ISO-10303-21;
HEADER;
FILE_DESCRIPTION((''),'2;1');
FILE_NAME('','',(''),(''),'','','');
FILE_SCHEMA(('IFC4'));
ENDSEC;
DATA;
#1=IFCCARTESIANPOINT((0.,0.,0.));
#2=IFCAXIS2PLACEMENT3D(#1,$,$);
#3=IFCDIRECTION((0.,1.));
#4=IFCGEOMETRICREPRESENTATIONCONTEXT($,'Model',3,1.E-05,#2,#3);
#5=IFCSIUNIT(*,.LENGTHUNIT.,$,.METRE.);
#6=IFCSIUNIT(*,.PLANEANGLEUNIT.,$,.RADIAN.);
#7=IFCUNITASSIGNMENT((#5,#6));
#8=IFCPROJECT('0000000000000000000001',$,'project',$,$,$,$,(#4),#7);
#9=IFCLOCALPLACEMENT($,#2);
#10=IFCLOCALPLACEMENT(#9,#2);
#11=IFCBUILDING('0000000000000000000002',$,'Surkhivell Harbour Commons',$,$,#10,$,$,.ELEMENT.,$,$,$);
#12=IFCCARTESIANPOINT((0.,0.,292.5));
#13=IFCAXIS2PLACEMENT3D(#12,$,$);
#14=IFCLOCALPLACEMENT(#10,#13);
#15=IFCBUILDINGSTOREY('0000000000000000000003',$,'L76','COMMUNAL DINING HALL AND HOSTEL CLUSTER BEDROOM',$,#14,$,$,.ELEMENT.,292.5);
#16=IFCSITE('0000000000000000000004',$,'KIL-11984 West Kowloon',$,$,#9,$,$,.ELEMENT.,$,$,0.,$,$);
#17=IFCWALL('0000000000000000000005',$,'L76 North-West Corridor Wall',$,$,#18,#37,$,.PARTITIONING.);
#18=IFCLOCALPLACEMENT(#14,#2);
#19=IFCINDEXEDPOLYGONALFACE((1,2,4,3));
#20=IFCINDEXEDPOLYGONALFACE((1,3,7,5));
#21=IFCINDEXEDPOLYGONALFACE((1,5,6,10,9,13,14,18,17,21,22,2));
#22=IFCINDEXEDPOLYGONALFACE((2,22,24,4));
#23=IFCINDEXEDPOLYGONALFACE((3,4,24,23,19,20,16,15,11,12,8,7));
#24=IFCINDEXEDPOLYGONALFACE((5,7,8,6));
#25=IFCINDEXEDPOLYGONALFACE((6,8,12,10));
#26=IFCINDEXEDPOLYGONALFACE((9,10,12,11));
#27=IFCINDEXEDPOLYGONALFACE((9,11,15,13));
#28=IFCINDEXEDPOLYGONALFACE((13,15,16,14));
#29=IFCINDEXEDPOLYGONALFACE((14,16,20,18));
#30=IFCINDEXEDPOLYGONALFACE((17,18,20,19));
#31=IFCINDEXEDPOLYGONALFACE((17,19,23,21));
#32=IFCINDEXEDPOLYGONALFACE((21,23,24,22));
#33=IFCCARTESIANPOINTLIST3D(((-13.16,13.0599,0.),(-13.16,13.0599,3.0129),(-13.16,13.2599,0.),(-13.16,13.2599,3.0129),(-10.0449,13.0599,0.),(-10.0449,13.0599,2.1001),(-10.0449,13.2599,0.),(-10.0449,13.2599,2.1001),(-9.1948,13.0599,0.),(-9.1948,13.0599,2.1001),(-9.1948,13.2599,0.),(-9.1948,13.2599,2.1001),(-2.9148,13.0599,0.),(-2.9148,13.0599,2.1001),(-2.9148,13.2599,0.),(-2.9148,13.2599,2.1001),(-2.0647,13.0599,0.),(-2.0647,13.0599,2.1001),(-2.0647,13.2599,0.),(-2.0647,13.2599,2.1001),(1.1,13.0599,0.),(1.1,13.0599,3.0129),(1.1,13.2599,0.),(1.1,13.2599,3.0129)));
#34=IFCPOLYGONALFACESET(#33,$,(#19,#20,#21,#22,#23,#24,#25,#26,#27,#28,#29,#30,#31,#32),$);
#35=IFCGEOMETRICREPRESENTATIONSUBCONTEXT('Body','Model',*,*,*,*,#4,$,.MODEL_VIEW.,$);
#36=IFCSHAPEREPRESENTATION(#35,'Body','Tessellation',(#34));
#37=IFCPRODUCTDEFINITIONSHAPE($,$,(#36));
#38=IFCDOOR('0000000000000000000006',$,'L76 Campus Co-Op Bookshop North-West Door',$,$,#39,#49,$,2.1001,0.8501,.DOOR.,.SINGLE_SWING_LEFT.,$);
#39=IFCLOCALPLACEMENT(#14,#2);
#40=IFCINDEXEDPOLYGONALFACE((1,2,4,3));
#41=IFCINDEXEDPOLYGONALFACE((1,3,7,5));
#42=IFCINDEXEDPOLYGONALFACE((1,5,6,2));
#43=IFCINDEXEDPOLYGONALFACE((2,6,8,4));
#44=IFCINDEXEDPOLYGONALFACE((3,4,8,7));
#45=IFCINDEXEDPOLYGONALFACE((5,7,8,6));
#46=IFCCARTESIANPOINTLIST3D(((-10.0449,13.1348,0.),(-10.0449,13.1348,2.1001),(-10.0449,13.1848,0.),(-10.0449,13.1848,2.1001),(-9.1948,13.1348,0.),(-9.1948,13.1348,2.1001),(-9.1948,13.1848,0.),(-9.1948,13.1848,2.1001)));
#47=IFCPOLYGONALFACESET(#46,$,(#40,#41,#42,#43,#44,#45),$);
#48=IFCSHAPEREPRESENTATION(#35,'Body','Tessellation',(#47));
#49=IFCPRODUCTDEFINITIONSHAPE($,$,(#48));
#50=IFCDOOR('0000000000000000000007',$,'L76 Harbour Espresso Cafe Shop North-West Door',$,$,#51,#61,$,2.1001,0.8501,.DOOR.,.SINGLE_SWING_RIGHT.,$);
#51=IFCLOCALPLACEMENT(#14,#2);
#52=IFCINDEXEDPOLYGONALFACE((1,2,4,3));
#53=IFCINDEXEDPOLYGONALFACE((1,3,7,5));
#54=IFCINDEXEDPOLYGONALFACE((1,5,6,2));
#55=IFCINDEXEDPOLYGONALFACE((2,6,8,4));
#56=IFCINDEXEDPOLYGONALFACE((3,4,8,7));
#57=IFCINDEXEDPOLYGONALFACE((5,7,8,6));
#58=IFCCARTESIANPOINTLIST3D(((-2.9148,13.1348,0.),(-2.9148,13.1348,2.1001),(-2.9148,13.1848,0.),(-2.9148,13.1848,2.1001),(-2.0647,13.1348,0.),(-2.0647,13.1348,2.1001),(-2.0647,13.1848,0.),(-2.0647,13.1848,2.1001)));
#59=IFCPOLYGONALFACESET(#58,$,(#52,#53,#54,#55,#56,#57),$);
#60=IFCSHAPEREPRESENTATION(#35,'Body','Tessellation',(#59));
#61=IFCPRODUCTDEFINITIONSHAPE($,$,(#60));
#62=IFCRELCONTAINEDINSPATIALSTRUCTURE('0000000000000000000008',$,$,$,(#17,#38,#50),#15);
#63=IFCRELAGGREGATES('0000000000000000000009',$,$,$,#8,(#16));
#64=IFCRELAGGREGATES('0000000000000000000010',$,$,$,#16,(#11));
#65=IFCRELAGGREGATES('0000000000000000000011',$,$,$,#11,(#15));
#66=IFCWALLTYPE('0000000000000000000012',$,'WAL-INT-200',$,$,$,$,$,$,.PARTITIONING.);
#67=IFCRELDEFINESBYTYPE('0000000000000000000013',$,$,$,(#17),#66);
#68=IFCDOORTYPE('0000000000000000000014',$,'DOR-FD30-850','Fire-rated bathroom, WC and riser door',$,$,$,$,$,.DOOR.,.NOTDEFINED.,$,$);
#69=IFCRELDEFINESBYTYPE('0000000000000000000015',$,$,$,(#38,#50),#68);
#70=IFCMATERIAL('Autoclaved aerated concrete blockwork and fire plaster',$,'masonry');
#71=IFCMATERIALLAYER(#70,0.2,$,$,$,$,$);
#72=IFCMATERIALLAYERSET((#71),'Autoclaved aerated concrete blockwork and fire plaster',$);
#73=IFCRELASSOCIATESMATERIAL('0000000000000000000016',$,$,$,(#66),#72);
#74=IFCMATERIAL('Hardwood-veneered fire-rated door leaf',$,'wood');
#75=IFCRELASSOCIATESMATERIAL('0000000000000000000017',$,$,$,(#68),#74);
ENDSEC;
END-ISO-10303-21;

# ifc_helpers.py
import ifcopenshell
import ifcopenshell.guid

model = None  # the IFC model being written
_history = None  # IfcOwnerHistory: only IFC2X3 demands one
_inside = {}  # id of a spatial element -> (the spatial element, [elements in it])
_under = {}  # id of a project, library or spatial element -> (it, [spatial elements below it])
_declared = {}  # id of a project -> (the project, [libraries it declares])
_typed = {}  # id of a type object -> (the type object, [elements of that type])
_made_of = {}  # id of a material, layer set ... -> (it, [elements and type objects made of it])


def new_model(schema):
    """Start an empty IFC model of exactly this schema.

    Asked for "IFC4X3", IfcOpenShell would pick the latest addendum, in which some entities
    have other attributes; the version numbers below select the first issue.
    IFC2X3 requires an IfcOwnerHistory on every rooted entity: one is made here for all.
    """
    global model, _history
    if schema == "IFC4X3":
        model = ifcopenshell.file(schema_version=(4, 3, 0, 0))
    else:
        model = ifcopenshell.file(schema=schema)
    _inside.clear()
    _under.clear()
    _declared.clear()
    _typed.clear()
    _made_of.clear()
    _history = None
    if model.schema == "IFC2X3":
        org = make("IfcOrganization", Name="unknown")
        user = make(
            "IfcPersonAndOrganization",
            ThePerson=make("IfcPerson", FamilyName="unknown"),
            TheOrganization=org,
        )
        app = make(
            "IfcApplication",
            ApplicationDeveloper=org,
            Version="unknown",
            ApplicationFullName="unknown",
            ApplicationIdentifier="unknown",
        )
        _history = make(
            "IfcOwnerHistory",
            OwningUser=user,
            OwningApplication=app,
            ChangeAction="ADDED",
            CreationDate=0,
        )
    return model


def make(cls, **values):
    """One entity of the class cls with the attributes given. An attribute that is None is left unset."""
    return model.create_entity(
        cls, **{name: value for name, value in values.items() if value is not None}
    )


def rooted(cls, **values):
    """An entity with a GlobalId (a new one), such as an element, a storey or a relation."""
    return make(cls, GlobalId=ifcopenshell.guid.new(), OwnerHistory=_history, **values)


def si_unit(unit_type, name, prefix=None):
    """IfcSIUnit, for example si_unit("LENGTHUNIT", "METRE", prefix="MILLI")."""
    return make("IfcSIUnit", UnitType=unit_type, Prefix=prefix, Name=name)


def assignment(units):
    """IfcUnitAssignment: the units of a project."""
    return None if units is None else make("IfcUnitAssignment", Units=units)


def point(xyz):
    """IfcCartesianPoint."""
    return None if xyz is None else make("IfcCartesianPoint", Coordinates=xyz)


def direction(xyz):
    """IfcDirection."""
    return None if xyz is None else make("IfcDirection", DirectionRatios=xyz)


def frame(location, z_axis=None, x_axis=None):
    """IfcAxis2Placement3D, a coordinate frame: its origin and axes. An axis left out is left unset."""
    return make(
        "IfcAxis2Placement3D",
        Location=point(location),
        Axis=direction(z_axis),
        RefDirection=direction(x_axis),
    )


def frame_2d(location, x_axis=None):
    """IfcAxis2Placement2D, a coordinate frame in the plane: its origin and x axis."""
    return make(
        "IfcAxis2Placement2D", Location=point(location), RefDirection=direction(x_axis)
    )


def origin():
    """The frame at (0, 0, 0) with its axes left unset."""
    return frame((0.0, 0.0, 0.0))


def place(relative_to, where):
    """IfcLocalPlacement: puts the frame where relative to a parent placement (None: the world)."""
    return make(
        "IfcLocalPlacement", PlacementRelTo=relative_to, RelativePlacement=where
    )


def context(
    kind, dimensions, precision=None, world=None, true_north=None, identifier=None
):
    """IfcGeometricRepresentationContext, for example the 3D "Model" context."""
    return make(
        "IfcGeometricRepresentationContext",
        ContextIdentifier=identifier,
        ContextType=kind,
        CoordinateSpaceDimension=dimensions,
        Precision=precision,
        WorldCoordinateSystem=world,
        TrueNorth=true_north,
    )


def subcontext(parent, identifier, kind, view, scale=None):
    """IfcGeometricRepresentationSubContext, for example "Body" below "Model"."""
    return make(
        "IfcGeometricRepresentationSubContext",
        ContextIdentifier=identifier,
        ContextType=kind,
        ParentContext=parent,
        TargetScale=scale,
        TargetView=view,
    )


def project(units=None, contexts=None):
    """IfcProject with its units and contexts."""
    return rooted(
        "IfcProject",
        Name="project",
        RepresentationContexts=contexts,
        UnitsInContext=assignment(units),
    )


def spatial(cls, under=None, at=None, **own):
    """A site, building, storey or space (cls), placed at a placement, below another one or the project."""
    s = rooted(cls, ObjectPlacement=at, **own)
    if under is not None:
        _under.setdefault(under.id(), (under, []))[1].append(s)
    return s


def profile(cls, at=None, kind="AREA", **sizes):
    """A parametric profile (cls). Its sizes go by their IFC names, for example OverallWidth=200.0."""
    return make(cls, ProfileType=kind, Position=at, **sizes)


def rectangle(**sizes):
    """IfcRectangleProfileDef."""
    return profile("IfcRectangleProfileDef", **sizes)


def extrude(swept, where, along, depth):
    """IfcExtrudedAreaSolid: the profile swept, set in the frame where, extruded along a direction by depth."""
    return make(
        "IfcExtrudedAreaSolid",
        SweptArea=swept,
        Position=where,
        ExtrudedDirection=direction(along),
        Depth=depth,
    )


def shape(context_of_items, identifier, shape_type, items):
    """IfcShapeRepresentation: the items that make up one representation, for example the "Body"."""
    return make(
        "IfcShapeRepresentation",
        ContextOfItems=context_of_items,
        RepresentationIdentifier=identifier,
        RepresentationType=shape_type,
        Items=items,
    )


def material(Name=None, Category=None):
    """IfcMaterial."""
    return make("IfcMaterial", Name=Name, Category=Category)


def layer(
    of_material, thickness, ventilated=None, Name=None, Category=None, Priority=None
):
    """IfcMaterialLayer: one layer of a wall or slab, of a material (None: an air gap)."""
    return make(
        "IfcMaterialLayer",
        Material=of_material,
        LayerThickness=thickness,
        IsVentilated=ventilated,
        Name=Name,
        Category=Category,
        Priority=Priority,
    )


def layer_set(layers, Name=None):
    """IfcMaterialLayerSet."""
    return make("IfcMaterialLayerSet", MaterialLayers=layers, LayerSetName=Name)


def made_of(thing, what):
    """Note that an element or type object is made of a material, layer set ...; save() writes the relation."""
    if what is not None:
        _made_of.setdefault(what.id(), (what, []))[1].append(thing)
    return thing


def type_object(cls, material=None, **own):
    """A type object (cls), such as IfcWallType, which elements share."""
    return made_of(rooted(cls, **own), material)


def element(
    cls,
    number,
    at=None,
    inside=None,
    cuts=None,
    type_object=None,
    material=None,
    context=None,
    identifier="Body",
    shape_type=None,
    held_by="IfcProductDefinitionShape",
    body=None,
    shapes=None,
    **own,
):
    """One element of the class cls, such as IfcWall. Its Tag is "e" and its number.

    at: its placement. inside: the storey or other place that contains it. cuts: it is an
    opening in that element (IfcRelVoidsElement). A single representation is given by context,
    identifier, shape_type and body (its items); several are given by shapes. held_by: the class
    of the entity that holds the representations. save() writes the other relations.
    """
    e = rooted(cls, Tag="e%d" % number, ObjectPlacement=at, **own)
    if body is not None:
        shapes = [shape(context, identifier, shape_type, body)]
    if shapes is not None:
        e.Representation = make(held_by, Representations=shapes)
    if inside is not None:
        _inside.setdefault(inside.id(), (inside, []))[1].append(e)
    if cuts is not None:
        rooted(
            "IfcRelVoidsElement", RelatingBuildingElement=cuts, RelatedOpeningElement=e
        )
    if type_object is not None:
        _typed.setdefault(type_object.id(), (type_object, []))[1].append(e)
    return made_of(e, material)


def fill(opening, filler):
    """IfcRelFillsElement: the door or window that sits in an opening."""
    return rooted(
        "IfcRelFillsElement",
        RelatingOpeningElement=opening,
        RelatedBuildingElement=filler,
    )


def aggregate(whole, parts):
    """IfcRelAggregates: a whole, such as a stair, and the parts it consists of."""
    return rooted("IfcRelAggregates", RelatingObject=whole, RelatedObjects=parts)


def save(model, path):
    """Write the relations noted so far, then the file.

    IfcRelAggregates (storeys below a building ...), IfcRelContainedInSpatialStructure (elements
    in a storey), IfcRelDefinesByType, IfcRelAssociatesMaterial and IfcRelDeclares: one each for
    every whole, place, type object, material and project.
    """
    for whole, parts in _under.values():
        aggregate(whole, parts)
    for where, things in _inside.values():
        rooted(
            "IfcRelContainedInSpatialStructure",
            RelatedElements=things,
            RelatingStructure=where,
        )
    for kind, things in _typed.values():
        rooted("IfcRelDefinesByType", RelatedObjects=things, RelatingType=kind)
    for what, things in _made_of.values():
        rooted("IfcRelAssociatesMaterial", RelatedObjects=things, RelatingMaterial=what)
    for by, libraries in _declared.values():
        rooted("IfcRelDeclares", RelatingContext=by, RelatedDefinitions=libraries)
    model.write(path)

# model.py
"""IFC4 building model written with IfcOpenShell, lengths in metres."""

from ifc_helpers import new_model, si_unit, direction, frame, frame_2d, origin, place, context, subcontext, project, spatial, rectangle, extrude, material, layer, layer_set, type_object, element, fill, save


model = new_model("IFC4")

# Units and contexts
model_context = context("Model", 3, precision=1e-05, world=origin(), true_north=direction((0.0, 1.0)))
body_context = subcontext(model_context, "Body", "Model", "MODEL_VIEW")
ifc_project = project(units=[si_unit("LENGTHUNIT", "METRE"), si_unit("PLANEANGLEUNIT", "RADIAN")], contexts=[model_context])

# Site, building, storey
site_placement = place(None, origin())
site = spatial("IfcSite", under=ifc_project, at=site_placement, Name="KIL-11984 West Kowloon", CompositionType="ELEMENT", RefElevation=0.0)
building_placement = place(site_placement, origin())
building = spatial("IfcBuilding", under=site, at=building_placement, Name="Surkhivell Harbour Commons", CompositionType="ELEMENT")
storey_placement = place(building_placement, frame((0.0, 0.0, 292.5)))
storey = spatial("IfcBuildingStorey", under=building, at=storey_placement, Name="L76", Description="COMMUNAL DINING HALL AND HOSTEL CLUSTER BEDROOM", CompositionType="ELEMENT", Elevation=292.5)

# Wall, openings, doors
ifc_material_1 = material(Name="Autoclaved aerated concrete blockwork and fire plaster", Category="masonry")
ifc_layer_1 = layer(ifc_material_1, 0.2)
ifc_layer_set_1 = layer_set([ifc_layer_1], Name="Autoclaved aerated concrete blockwork and fire plaster")
wall_type_1 = type_object("IfcWallType", Name="WAL-INT-200", PredefinedType="PARTITIONING", material=ifc_layer_set_1)
wall_1_placement = place(storey_placement, frame((-13.1599, 13.1599, 0.0), z_axis=(0.0, 0.0, 1.0), x_axis=(1.0, 0.0, 0.0)))
wall_1 = element("IfcWall", 1, at=wall_1_placement, inside=storey, type_object=wall_type_1, Name="L76 North-West Corridor Wall", PredefinedType="PARTITIONING", context=body_context, shape_type="SweptSolid", body=[
    extrude(rectangle(XDim=14.26, YDim=0.2, at=frame_2d((7.1299, 0.0))), origin(), (0.0, 0.0, 1.0), 3.0129),
])
opening_1_placement = place(wall_1_placement, frame((3.115, 0.0, 0.0)))
opening_1 = element("IfcOpeningElement", 2, at=opening_1_placement, cuts=wall_1, PredefinedType="OPENING", context=body_context, shape_type="SweptSolid", body=[
    extrude(rectangle(XDim=0.8501, YDim=2.1001, at=frame_2d((0.425, 1.05))), frame((0.0, 0.1099, 0.0), z_axis=(0.0, -1.0, 0.0), x_axis=(1.0, 0.0, 0.0)), (0.0, 0.0, 1.0), 0.22),
])
opening_2_placement = place(wall_1_placement, frame((10.2451, 0.0, 0.0)))
opening_2 = element("IfcOpeningElement", 3, at=opening_2_placement, cuts=wall_1, PredefinedType="OPENING", context=body_context, shape_type="SweptSolid", body=[
    extrude(rectangle(XDim=0.8501, YDim=2.1001, at=frame_2d((0.425, 1.05))), frame((0.0, 0.1099, 0.0), z_axis=(0.0, -1.0, 0.0), x_axis=(1.0, 0.0, 0.0)), (0.0, 0.0, 1.0), 0.22),
])
ifc_material_2 = material(Name="Hardwood-veneered fire-rated door leaf", Category="wood")
door_type = type_object("IfcDoorType", Name="DOR-FD30-850", Description="Fire-rated bathroom, WC and riser door", OperationType="NOTDEFINED", PredefinedType="DOOR", material=ifc_material_2)
door_1_placement = place(opening_1_placement, origin())
door_1 = element("IfcDoor", 4, at=door_1_placement, inside=storey, type_object=door_type, Name="L76 Campus Co-Op Bookshop North-West Door", OperationType="SINGLE_SWING_LEFT", OverallHeight=2.1001, OverallWidth=0.8501, PredefinedType="DOOR", context=body_context, shape_type="SweptSolid", body=[
    extrude(rectangle(XDim=0.8501, YDim=2.1001, at=frame_2d((0.425, 1.05))), frame((0.0, 0.0249, 0.0), z_axis=(0.0, -1.0, 0.0), x_axis=(1.0, 0.0, 0.0)), (0.0, 0.0, 1.0), 0.05),
])
fill(opening_1, door_1)
door_2_placement = place(opening_2_placement, origin())
door_2 = element("IfcDoor", 5, at=door_2_placement, inside=storey, type_object=door_type, Name="L76 Harbour Espresso Cafe Shop North-West Door", OperationType="SINGLE_SWING_RIGHT", OverallHeight=2.1001, OverallWidth=0.8501, PredefinedType="DOOR", context=body_context, shape_type="SweptSolid", body=[
    extrude(rectangle(XDim=0.8501, YDim=2.1001, at=frame_2d((0.425, 1.05))), frame((0.0, 0.0249, 0.0), z_axis=(0.0, -1.0, 0.0), x_axis=(1.0, 0.0, 0.0)), (0.0, 0.0, 1.0), 0.05),
])
fill(opening_2, door_2)

save(model, "model.ifc")
